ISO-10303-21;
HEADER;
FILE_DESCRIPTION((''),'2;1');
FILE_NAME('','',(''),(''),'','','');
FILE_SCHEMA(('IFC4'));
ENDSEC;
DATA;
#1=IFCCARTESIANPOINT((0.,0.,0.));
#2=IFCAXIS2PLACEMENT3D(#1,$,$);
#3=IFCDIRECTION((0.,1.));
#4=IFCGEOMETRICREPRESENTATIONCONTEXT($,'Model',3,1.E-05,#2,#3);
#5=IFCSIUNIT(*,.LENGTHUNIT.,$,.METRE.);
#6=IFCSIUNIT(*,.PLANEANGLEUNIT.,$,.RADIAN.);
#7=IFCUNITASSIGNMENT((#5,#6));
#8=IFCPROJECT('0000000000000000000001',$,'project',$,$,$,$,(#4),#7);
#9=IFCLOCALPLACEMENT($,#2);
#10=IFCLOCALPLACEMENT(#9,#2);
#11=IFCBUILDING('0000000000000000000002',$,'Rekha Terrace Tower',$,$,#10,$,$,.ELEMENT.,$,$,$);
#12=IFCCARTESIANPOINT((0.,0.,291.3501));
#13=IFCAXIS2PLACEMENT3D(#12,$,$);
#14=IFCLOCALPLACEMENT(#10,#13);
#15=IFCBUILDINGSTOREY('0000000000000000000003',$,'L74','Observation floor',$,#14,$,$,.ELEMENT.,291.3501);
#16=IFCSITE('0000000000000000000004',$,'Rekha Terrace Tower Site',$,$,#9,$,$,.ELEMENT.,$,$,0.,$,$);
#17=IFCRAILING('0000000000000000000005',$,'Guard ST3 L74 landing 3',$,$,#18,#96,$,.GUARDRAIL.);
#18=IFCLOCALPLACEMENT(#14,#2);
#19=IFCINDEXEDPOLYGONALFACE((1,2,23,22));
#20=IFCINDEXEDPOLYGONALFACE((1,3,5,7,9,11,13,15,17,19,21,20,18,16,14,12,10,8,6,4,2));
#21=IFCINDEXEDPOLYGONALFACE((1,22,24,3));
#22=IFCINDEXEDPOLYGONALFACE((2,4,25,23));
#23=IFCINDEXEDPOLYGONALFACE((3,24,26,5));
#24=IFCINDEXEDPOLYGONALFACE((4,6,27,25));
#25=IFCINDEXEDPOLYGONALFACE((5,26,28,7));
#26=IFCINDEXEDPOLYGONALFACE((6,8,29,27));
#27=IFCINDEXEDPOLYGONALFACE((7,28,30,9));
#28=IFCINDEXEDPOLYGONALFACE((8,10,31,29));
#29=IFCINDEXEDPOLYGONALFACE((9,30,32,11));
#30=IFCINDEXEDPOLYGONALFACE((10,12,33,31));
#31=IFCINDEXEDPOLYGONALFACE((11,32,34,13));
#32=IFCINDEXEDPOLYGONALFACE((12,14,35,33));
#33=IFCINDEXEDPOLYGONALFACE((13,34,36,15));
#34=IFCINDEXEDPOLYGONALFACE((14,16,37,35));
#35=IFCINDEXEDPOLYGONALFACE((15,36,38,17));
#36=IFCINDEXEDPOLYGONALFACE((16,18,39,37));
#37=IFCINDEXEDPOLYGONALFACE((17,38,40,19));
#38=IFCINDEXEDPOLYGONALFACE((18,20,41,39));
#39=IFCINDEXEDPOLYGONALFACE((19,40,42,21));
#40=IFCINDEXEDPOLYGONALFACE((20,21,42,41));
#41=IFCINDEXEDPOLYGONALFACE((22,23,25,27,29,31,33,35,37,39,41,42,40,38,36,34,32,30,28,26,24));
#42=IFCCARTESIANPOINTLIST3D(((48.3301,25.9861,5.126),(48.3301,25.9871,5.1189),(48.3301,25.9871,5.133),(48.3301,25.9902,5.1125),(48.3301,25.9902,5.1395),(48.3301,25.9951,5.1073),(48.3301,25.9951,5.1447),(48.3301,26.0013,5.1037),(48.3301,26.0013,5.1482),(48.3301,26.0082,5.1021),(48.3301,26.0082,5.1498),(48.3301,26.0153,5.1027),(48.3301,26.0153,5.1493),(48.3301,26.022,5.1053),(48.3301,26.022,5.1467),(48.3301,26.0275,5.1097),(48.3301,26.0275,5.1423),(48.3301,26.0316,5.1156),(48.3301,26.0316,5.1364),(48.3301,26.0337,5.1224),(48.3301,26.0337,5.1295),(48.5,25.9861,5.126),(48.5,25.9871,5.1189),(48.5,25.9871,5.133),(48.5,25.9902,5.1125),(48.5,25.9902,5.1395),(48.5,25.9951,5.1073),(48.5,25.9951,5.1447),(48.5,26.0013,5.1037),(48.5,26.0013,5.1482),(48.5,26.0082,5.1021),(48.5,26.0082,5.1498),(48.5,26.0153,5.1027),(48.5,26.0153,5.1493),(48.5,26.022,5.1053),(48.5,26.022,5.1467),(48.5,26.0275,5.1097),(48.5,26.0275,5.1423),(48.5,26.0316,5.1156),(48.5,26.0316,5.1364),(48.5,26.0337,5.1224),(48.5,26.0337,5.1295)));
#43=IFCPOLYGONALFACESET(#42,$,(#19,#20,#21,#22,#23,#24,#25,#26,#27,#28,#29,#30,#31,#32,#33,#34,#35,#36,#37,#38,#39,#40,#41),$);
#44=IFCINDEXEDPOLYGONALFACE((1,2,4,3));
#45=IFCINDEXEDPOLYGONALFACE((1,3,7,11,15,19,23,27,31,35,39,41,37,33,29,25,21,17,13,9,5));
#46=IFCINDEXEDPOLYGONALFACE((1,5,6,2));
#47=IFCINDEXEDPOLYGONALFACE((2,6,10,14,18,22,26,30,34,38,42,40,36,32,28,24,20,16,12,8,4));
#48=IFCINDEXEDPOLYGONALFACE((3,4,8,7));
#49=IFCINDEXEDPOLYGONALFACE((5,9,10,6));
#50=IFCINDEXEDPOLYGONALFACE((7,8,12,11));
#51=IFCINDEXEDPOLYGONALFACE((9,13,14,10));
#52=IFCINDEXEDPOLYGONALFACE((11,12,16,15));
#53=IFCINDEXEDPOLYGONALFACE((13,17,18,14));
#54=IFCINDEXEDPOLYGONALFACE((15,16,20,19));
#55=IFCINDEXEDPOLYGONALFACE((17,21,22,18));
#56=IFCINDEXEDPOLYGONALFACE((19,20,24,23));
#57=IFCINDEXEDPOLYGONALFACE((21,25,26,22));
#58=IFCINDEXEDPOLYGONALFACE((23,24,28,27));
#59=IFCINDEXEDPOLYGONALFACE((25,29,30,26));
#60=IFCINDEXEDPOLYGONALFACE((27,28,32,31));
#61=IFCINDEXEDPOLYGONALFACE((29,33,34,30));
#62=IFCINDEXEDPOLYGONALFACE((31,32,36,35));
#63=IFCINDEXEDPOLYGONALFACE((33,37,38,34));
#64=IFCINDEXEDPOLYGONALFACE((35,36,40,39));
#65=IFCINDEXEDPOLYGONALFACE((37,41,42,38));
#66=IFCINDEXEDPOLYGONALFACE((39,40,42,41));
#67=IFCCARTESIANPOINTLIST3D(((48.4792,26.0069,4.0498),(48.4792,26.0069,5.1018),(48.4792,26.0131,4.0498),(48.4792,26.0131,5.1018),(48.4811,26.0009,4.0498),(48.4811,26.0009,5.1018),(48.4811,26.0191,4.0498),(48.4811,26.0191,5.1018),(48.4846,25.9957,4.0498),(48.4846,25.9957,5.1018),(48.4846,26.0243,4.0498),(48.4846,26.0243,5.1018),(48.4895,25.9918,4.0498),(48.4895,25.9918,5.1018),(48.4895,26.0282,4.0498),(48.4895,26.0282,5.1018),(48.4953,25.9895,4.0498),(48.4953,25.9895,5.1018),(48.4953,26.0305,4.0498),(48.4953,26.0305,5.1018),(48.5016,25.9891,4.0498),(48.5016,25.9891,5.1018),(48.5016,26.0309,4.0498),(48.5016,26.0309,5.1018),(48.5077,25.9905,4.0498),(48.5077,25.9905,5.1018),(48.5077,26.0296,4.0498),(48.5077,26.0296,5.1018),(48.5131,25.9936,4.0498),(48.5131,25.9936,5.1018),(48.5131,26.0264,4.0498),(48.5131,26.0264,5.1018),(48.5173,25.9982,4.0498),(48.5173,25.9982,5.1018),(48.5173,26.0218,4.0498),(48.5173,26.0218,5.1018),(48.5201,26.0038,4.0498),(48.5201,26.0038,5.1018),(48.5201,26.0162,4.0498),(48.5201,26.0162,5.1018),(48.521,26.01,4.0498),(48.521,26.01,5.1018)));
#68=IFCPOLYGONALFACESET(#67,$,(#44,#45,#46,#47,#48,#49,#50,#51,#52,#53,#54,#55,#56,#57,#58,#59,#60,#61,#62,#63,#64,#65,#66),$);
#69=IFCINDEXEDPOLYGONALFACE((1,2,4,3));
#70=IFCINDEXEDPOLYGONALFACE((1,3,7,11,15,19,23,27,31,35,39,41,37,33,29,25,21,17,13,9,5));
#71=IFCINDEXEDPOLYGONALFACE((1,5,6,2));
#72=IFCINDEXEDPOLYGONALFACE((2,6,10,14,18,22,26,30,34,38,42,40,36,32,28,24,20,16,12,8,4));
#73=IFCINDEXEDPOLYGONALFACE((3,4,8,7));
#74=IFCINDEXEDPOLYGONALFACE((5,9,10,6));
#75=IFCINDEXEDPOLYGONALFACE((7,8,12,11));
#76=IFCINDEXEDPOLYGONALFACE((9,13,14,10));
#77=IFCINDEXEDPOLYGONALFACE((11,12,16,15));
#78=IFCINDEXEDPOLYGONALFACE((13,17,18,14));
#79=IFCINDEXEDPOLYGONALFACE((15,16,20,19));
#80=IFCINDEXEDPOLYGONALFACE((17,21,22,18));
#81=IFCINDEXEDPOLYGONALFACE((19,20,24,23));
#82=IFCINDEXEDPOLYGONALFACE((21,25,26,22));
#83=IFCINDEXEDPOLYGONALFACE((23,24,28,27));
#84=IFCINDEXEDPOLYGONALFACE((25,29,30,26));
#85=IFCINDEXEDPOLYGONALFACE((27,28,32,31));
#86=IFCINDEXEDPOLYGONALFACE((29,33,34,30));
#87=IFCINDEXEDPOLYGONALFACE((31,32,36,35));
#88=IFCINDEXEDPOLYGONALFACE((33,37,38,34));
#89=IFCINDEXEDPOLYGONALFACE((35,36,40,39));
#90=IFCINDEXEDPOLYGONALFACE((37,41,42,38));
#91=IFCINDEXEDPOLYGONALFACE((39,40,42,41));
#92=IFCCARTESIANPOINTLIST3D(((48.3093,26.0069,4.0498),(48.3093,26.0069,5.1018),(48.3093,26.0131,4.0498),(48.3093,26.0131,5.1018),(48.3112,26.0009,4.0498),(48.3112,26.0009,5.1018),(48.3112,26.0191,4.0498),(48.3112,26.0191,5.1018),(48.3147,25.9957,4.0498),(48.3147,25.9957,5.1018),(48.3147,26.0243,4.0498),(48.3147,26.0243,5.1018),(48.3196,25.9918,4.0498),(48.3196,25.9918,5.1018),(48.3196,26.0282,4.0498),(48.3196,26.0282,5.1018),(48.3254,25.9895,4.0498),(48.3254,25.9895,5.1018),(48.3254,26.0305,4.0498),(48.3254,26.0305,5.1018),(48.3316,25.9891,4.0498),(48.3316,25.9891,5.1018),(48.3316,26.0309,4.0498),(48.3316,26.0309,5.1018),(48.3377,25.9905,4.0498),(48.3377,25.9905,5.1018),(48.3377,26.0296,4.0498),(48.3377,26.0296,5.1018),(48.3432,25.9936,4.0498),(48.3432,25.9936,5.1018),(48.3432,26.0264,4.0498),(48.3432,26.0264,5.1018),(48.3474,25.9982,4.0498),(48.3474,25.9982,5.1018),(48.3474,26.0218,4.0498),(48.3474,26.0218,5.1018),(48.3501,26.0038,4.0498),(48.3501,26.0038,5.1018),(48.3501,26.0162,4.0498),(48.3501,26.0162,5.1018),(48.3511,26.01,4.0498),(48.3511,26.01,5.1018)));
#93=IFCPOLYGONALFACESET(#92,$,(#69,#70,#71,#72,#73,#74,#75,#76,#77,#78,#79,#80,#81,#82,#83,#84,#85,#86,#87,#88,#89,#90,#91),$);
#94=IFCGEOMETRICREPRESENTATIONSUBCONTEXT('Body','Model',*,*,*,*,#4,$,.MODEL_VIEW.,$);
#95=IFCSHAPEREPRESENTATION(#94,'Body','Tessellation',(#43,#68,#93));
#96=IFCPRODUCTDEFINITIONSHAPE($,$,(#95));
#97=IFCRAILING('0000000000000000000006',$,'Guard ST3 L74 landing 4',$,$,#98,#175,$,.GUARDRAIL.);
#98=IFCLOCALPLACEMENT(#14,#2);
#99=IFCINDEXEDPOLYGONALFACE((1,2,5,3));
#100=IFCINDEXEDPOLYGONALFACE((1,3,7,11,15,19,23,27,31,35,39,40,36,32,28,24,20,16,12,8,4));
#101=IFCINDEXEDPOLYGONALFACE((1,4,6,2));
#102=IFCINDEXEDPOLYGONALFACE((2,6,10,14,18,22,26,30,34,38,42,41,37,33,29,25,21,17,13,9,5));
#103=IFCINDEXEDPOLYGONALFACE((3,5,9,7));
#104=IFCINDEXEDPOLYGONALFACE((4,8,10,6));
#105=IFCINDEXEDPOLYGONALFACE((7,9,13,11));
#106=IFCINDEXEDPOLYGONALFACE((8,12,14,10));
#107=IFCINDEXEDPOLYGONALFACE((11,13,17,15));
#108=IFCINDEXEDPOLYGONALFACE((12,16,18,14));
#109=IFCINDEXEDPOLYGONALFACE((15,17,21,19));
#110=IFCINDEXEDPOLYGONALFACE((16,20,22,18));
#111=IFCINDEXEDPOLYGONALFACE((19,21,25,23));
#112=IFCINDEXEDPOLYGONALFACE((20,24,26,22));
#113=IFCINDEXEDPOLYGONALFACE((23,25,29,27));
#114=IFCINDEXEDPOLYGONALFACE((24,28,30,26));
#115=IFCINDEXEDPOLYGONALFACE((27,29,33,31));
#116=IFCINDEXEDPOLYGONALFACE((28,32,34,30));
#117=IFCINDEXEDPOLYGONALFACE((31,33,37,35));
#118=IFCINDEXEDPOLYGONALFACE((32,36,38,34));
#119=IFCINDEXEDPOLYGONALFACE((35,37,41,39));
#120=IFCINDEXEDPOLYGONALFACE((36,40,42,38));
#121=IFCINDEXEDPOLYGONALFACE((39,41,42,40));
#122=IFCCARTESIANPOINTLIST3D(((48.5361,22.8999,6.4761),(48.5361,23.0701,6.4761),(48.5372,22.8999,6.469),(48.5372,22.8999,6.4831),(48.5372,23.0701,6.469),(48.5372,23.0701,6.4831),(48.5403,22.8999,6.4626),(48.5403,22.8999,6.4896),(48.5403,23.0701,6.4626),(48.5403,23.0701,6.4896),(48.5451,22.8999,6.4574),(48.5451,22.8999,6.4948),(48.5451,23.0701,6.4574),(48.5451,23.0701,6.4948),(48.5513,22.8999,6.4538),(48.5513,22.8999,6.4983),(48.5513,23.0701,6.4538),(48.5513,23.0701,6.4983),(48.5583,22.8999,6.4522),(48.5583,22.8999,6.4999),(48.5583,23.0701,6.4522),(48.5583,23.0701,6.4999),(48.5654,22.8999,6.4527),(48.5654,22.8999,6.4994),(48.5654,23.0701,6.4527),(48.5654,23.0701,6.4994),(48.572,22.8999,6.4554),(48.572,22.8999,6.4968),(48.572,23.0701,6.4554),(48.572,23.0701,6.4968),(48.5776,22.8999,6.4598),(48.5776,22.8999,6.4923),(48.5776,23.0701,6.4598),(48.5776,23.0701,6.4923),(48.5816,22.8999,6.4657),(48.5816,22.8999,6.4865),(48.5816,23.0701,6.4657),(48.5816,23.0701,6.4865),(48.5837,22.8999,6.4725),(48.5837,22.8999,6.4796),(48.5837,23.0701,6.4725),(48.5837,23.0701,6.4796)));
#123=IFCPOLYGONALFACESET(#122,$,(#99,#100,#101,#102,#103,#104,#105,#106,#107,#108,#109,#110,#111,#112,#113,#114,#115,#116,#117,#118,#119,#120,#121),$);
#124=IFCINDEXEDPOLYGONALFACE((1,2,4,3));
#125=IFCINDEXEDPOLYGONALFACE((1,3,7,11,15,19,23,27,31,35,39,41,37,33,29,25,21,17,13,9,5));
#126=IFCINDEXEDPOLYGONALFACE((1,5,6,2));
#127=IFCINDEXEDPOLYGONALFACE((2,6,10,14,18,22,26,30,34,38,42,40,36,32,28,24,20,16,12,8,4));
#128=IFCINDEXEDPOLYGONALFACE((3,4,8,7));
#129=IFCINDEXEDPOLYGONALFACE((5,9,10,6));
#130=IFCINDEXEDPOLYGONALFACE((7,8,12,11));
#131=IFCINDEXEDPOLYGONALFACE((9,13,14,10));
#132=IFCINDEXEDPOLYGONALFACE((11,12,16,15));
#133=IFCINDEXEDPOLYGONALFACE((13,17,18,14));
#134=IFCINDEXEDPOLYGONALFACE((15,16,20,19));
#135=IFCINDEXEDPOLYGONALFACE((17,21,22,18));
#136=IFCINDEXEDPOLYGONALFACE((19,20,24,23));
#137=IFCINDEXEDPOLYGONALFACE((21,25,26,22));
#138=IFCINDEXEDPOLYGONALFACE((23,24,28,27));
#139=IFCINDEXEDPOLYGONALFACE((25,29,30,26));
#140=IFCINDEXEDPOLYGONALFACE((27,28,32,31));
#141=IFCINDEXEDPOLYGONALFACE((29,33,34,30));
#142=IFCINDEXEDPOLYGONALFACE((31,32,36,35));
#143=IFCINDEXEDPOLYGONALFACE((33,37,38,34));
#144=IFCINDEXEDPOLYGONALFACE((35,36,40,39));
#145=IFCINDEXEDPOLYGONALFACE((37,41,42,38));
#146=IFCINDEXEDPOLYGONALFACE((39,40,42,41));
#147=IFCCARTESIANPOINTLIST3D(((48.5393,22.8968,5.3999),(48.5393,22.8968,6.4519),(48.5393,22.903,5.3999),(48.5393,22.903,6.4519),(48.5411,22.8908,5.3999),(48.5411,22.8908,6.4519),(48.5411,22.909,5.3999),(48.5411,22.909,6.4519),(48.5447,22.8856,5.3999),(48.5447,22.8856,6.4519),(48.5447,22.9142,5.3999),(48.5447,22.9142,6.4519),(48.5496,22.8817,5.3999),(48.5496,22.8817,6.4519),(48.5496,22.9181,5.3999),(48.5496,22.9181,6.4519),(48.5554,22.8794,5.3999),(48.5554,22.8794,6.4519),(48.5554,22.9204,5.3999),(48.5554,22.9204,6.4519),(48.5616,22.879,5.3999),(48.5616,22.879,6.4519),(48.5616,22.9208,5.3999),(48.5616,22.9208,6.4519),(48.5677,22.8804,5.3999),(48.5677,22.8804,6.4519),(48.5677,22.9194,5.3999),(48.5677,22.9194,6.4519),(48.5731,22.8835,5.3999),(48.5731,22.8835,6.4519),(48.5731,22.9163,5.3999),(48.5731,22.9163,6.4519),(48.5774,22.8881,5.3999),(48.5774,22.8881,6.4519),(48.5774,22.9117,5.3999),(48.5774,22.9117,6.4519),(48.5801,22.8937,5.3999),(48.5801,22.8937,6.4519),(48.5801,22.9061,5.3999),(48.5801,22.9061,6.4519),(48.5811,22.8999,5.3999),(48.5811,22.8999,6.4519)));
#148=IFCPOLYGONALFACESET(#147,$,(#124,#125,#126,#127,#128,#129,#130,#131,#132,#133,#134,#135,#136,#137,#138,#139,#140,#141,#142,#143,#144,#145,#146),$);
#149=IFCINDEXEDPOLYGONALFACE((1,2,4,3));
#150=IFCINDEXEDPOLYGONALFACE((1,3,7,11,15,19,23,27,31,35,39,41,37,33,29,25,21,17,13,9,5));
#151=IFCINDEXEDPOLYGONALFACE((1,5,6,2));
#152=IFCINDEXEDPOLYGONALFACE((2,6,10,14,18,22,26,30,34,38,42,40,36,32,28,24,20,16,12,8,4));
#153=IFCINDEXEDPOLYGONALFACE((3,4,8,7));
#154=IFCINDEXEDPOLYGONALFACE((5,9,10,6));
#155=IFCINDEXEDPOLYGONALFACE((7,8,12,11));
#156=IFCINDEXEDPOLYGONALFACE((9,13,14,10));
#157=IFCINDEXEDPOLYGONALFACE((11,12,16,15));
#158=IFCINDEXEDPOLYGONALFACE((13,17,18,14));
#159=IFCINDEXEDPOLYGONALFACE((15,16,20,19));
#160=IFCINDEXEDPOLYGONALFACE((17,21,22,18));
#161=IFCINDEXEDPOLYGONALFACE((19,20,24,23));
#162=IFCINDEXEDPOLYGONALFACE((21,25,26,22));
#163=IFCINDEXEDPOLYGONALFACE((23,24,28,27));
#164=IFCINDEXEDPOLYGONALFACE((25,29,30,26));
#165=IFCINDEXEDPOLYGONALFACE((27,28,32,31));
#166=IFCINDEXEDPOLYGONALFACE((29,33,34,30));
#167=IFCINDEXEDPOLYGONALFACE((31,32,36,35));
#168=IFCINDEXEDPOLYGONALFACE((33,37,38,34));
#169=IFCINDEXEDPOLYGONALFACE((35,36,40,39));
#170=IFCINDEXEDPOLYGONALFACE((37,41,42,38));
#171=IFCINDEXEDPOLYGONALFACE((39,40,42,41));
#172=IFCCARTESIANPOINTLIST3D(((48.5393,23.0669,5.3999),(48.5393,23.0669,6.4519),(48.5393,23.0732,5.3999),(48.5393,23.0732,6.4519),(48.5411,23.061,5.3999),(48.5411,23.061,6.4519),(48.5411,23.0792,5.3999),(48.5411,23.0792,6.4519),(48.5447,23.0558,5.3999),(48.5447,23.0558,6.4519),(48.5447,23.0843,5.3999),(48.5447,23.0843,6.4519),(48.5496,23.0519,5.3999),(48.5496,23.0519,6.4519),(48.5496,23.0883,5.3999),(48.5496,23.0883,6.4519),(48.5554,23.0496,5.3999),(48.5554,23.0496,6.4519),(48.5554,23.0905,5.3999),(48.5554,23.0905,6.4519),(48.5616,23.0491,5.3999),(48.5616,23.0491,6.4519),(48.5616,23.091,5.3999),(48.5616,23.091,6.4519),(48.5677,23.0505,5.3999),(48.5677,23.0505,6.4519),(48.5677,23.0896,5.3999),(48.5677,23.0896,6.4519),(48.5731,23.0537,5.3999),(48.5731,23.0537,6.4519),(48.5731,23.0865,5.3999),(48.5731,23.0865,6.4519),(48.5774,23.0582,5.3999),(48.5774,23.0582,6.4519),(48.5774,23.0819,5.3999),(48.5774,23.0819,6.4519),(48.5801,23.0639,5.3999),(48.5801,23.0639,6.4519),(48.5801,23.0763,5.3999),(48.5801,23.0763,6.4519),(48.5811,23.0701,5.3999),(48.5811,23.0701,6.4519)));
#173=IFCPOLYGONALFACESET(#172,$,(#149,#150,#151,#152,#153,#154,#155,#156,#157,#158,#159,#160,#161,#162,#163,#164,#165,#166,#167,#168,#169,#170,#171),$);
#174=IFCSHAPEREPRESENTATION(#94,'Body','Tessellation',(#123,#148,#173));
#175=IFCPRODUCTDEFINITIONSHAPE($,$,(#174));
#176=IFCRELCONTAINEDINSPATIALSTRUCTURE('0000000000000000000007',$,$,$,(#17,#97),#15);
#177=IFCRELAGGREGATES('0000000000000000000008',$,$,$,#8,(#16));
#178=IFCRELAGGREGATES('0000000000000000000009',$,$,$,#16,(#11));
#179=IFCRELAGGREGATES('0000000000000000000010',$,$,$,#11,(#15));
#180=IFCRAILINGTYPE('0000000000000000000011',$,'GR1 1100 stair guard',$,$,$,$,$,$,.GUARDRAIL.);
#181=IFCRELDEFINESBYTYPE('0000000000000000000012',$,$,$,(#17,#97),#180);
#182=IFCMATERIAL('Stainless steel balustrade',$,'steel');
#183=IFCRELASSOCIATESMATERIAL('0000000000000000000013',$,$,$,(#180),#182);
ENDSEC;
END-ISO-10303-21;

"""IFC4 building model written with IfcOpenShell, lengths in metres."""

from ifc_helpers import new_model, si_unit, direction, frame, origin, origin_2d, place, context, subcontext, project, spatial, circle, extrude, material, type_object, element, save


model = new_model("IFC4")

# Units and contexts
model_context = context("Model", 3, precision=1e-05, world=origin(), true_north=direction((0.0, 1.0)))
body_context = subcontext(model_context, "Body", "Model", "MODEL_VIEW")
ifc_project = project(units=[si_unit("LENGTHUNIT", "METRE"), si_unit("PLANEANGLEUNIT", "RADIAN")], contexts=[model_context])

# Site, building, storey
site_placement = place(None, origin())
site = spatial("IfcSite", under=ifc_project, at=site_placement, Name="Rekha Terrace Tower Site", CompositionType="ELEMENT", RefElevation=0.0)
building_placement = place(site_placement, origin())
building = spatial("IfcBuilding", under=site, at=building_placement, Name="Rekha Terrace Tower", CompositionType="ELEMENT")
storey_placement = place(building_placement, frame((0.0, 0.0, 291.3501)))
storey = spatial("IfcBuildingStorey", under=building, at=storey_placement, Name="L74", Description="Observation floor", CompositionType="ELEMENT", Elevation=291.3501)

# Railings
ifc_material_1 = material(Name="Stainless steel balustrade", Category="steel")
railing_type_1 = type_object("IfcRailingType", Name="GR1 1100 stair guard", PredefinedType="GUARDRAIL", material=ifc_material_1)
railing_1_placement = place(storey_placement, frame((48.5, 26.01, 4.0498)))
element("IfcRailing", 1, at=railing_1_placement, inside=storey, type_object=railing_type_1, Name="Guard ST3 L74 landing 3", PredefinedType="GUARDRAIL", context=body_context, shape_type="SweptSolid", body=[
    extrude(circle(Radius=0.0239, at=origin_2d()), frame((0.0, 0.0, 1.0762), z_axis=(-1.0, 0.0, 0.0), x_axis=(0.0, -1.0, 0.0)), (0.0, 0.0, 1.0), 0.1699),
    extrude(circle(Radius=0.021, at=origin_2d()), origin(), (0.0, 0.0, 1.0), 1.052),
    extrude(circle(Radius=0.021, at=origin_2d()), frame((-0.1699, 0.0, 0.0)), (0.0, 0.0, 1.0), 1.052),
])
railing_2_placement = place(storey_placement, frame((48.5601, 22.8999, 5.3999)))
element("IfcRailing", 2, at=railing_2_placement, inside=storey, type_object=railing_type_1, Name="Guard ST3 L74 landing 4", PredefinedType="GUARDRAIL", context=body_context, shape_type="SweptSolid", body=[
    extrude(circle(Radius=0.0239, at=origin_2d()), frame((0.0, 0.0, 1.0762), z_axis=(0.0, 1.0, 0.0), x_axis=(-1.0, 0.0, 0.0)), (0.0, 0.0, 1.0), 0.1702),
    extrude(circle(Radius=0.021, at=origin_2d()), origin(), (0.0, 0.0, 1.0), 1.052),
    extrude(circle(Radius=0.021, at=origin_2d()), frame((0.0, 0.1702, 0.0)), (0.0, 0.0, 1.0), 1.052),
])

save(model, "model.ifc")
